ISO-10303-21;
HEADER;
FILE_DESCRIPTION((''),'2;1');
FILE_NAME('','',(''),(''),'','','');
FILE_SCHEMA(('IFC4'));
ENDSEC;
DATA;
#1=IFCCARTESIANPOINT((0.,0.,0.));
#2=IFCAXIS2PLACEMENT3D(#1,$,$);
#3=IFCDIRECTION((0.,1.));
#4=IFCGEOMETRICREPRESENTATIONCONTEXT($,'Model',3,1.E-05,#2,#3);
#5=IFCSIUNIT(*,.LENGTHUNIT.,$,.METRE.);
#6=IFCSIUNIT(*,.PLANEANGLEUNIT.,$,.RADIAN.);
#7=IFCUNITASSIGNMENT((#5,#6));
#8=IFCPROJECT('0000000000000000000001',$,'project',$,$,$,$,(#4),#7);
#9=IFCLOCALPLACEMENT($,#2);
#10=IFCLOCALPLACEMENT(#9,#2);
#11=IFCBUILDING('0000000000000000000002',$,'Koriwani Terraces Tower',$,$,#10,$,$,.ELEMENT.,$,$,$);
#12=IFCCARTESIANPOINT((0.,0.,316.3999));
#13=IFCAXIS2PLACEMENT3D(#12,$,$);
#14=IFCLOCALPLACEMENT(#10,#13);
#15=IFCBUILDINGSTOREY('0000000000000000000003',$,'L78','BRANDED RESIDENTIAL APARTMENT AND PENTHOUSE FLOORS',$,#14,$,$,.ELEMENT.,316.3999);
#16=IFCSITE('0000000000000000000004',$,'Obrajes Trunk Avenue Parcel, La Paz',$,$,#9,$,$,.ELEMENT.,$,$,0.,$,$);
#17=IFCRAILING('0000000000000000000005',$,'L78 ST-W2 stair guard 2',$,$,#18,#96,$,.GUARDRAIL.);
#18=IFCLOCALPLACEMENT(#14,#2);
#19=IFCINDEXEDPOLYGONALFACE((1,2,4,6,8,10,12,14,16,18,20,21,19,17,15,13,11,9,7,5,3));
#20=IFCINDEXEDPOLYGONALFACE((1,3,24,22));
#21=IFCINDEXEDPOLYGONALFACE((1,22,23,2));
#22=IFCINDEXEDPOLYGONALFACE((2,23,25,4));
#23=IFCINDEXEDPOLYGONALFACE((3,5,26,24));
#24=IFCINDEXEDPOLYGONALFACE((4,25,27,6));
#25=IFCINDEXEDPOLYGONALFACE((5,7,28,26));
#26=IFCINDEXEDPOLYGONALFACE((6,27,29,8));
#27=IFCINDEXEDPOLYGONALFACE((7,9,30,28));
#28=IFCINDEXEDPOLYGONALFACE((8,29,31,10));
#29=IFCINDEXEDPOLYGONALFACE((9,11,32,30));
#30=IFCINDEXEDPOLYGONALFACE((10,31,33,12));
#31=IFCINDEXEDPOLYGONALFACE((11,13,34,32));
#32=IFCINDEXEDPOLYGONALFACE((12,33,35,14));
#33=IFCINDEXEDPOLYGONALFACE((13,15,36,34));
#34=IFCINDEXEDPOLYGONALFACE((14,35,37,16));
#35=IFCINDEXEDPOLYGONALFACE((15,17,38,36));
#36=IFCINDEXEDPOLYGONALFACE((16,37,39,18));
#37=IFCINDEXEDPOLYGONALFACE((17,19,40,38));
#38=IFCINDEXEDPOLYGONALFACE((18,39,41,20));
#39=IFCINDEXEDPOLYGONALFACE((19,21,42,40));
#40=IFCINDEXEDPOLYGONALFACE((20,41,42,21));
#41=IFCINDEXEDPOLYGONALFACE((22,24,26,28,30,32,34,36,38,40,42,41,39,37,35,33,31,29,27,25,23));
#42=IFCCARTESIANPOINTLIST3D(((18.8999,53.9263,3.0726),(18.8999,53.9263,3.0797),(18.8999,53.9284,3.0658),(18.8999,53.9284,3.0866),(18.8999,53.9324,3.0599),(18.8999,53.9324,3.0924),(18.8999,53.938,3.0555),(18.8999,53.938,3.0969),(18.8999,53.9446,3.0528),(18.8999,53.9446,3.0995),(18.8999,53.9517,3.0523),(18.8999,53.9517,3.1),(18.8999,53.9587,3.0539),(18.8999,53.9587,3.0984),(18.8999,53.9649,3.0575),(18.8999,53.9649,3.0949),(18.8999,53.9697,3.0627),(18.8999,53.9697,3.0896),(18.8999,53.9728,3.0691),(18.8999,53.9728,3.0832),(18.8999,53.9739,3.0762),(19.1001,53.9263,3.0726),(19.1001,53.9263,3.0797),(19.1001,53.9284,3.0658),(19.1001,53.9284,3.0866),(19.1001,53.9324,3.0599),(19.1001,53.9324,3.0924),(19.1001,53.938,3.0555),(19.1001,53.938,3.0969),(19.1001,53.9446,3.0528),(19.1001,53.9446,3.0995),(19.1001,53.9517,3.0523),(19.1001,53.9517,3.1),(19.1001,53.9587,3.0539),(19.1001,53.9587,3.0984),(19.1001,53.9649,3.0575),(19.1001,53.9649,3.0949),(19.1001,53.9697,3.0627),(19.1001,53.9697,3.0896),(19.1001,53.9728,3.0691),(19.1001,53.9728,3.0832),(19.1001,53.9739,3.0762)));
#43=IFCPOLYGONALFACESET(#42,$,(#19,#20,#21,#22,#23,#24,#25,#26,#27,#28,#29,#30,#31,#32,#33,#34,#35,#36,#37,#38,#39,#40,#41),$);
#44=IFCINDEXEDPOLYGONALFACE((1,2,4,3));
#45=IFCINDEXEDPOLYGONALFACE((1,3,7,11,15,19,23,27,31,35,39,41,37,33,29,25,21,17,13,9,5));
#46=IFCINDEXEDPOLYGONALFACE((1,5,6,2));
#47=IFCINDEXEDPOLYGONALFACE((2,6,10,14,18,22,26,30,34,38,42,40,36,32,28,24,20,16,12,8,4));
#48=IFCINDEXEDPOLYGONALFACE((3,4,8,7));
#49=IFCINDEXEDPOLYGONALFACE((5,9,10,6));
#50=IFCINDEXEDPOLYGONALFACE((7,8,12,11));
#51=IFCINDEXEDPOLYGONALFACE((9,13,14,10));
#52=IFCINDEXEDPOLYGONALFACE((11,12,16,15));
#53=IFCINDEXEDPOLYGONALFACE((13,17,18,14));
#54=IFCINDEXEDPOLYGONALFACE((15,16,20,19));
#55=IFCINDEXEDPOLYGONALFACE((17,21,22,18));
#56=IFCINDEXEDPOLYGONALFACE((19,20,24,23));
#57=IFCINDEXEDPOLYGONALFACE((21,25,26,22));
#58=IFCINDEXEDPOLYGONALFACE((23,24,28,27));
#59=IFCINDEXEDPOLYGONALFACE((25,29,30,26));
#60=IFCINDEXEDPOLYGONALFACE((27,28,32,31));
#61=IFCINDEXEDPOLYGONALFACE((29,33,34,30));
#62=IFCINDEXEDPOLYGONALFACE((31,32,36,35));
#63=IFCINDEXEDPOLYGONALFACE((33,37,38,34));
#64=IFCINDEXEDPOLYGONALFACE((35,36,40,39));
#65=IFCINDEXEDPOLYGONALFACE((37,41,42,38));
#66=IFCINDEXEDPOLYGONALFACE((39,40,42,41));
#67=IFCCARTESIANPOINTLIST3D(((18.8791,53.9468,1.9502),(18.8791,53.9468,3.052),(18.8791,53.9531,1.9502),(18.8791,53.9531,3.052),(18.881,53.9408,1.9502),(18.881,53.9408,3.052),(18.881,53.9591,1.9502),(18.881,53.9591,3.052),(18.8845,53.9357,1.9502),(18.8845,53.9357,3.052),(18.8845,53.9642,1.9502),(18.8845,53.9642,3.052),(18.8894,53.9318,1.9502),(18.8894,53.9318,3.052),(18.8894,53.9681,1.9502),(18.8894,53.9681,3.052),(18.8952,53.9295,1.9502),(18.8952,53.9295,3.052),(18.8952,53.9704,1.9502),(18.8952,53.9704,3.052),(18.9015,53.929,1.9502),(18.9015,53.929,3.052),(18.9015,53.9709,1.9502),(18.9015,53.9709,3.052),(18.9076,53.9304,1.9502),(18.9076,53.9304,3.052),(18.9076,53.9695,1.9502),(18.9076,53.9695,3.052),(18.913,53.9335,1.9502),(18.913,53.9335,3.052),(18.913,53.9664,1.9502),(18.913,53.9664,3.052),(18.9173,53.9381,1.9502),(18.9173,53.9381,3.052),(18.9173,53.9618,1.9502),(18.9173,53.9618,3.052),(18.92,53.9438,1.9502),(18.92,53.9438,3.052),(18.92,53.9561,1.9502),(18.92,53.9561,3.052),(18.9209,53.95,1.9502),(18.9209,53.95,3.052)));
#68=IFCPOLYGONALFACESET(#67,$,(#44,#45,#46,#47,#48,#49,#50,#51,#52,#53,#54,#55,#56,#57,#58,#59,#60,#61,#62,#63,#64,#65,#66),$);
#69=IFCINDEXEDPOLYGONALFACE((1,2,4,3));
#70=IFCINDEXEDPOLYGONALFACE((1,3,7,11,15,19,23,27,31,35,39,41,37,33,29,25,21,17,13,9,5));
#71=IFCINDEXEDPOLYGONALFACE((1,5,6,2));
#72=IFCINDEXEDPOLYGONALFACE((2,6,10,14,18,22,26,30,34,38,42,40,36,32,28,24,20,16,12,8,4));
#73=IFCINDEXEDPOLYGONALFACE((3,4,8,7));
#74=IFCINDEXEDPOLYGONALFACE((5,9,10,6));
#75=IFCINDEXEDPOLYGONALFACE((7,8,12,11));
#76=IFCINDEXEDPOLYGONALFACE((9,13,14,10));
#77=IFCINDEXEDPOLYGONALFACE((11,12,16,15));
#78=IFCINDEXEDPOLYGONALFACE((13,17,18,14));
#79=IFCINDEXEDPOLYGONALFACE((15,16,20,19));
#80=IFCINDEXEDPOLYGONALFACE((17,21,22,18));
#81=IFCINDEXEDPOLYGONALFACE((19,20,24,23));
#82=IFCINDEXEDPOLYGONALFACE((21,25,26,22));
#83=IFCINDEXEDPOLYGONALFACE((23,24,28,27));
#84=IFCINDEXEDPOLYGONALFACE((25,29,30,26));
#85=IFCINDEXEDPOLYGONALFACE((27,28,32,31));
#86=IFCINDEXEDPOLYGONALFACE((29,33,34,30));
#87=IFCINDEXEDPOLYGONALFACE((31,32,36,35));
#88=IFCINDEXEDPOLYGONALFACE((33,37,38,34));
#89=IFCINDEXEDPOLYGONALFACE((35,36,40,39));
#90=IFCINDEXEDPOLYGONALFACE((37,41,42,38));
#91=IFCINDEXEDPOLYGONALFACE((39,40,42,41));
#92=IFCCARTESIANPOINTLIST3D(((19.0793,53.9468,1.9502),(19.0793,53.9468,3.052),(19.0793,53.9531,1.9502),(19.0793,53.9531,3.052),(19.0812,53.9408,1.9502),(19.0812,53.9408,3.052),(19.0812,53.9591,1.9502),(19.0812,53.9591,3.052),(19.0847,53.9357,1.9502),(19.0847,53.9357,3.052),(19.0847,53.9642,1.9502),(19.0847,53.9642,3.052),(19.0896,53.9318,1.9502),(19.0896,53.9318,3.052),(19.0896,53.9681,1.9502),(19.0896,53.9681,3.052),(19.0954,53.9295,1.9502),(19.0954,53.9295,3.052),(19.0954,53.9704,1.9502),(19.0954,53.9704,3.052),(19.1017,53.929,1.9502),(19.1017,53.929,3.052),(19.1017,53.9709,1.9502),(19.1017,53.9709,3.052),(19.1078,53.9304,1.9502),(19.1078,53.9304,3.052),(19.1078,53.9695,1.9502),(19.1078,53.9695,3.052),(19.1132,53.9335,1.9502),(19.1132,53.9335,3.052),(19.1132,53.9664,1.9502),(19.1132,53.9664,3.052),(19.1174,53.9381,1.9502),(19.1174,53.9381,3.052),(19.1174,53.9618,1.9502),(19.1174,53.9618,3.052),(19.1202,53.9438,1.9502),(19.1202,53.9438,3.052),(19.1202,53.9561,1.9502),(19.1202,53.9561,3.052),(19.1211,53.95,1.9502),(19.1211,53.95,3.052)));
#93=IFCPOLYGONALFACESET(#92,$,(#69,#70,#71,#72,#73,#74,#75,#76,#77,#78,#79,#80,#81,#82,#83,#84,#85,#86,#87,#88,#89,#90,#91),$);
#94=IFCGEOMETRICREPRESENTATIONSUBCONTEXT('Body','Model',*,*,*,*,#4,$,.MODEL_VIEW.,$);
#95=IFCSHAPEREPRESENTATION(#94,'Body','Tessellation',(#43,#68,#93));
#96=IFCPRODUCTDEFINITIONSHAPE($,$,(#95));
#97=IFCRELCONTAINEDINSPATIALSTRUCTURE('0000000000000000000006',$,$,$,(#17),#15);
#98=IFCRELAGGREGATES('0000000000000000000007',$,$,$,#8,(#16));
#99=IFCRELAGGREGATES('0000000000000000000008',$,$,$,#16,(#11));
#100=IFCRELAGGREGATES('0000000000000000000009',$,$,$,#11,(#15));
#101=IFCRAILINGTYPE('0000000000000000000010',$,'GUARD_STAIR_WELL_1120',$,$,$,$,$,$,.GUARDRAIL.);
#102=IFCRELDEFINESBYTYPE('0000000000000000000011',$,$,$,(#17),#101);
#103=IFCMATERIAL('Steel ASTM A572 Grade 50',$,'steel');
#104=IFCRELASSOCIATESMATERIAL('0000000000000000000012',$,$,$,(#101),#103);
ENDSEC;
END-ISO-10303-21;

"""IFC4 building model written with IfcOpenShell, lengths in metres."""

from ifc_helpers import new_model, si_unit, direction, frame, origin, origin_2d, place, context, subcontext, project, spatial, circle, extrude, material, type_object, element, save


model = new_model("IFC4")

# Units and contexts
model_context = context("Model", 3, precision=1e-05, world=origin(), true_north=direction((0.0, 1.0)))
body_context = subcontext(model_context, "Body", "Model", "MODEL_VIEW")
ifc_project = project(units=[si_unit("LENGTHUNIT", "METRE"), si_unit("PLANEANGLEUNIT", "RADIAN")], contexts=[model_context])

# Site, building, storey
site_placement = place(None, origin())
site = spatial("IfcSite", under=ifc_project, at=site_placement, Name="Obrajes Trunk Avenue Parcel, La Paz", CompositionType="ELEMENT", RefElevation=0.0)
building_placement = place(site_placement, origin())
building = spatial("IfcBuilding", under=site, at=building_placement, Name="Koriwani Terraces Tower", CompositionType="ELEMENT")
storey_placement = place(building_placement, frame((0.0, 0.0, 316.3999)))
storey = spatial("IfcBuildingStorey", under=building, at=storey_placement, Name="L78", Description="BRANDED RESIDENTIAL APARTMENT AND PENTHOUSE FLOORS", CompositionType="ELEMENT", Elevation=316.3999)

# Shared definitions
ifc_material_1 = material(Name="Steel ASTM A572 Grade 50", Category="steel")

# Railing
railing_type_1 = type_object("IfcRailingType", Name="GUARD_STAIR_WELL_1120", PredefinedType="GUARDRAIL", material=ifc_material_1)
railing_1_placement = place(storey_placement, frame((18.8999, 53.95, 1.9502)))
element("IfcRailing", 1, at=railing_1_placement, inside=storey, type_object=railing_type_1, Name="L78 ST-W2 stair guard 2", PredefinedType="GUARDRAIL", context=body_context, shape_type="SweptSolid", body=[
    extrude(circle(Radius=0.0239, at=origin_2d()), frame((0.0, 0.0, 1.126), z_axis=(1.0, 0.0, 0.0), x_axis=(0.0, 1.0, 0.0)), (0.0, 0.0, 1.0), 0.2002),
    extrude(circle(Radius=0.021, at=origin_2d()), origin(), (0.0, 0.0, 1.0), 1.1018),
    extrude(circle(Radius=0.021, at=origin_2d()), frame((0.2002, 0.0, 0.0)), (0.0, 0.0, 1.0), 1.1018),
])

save(model, "model.ifc")
